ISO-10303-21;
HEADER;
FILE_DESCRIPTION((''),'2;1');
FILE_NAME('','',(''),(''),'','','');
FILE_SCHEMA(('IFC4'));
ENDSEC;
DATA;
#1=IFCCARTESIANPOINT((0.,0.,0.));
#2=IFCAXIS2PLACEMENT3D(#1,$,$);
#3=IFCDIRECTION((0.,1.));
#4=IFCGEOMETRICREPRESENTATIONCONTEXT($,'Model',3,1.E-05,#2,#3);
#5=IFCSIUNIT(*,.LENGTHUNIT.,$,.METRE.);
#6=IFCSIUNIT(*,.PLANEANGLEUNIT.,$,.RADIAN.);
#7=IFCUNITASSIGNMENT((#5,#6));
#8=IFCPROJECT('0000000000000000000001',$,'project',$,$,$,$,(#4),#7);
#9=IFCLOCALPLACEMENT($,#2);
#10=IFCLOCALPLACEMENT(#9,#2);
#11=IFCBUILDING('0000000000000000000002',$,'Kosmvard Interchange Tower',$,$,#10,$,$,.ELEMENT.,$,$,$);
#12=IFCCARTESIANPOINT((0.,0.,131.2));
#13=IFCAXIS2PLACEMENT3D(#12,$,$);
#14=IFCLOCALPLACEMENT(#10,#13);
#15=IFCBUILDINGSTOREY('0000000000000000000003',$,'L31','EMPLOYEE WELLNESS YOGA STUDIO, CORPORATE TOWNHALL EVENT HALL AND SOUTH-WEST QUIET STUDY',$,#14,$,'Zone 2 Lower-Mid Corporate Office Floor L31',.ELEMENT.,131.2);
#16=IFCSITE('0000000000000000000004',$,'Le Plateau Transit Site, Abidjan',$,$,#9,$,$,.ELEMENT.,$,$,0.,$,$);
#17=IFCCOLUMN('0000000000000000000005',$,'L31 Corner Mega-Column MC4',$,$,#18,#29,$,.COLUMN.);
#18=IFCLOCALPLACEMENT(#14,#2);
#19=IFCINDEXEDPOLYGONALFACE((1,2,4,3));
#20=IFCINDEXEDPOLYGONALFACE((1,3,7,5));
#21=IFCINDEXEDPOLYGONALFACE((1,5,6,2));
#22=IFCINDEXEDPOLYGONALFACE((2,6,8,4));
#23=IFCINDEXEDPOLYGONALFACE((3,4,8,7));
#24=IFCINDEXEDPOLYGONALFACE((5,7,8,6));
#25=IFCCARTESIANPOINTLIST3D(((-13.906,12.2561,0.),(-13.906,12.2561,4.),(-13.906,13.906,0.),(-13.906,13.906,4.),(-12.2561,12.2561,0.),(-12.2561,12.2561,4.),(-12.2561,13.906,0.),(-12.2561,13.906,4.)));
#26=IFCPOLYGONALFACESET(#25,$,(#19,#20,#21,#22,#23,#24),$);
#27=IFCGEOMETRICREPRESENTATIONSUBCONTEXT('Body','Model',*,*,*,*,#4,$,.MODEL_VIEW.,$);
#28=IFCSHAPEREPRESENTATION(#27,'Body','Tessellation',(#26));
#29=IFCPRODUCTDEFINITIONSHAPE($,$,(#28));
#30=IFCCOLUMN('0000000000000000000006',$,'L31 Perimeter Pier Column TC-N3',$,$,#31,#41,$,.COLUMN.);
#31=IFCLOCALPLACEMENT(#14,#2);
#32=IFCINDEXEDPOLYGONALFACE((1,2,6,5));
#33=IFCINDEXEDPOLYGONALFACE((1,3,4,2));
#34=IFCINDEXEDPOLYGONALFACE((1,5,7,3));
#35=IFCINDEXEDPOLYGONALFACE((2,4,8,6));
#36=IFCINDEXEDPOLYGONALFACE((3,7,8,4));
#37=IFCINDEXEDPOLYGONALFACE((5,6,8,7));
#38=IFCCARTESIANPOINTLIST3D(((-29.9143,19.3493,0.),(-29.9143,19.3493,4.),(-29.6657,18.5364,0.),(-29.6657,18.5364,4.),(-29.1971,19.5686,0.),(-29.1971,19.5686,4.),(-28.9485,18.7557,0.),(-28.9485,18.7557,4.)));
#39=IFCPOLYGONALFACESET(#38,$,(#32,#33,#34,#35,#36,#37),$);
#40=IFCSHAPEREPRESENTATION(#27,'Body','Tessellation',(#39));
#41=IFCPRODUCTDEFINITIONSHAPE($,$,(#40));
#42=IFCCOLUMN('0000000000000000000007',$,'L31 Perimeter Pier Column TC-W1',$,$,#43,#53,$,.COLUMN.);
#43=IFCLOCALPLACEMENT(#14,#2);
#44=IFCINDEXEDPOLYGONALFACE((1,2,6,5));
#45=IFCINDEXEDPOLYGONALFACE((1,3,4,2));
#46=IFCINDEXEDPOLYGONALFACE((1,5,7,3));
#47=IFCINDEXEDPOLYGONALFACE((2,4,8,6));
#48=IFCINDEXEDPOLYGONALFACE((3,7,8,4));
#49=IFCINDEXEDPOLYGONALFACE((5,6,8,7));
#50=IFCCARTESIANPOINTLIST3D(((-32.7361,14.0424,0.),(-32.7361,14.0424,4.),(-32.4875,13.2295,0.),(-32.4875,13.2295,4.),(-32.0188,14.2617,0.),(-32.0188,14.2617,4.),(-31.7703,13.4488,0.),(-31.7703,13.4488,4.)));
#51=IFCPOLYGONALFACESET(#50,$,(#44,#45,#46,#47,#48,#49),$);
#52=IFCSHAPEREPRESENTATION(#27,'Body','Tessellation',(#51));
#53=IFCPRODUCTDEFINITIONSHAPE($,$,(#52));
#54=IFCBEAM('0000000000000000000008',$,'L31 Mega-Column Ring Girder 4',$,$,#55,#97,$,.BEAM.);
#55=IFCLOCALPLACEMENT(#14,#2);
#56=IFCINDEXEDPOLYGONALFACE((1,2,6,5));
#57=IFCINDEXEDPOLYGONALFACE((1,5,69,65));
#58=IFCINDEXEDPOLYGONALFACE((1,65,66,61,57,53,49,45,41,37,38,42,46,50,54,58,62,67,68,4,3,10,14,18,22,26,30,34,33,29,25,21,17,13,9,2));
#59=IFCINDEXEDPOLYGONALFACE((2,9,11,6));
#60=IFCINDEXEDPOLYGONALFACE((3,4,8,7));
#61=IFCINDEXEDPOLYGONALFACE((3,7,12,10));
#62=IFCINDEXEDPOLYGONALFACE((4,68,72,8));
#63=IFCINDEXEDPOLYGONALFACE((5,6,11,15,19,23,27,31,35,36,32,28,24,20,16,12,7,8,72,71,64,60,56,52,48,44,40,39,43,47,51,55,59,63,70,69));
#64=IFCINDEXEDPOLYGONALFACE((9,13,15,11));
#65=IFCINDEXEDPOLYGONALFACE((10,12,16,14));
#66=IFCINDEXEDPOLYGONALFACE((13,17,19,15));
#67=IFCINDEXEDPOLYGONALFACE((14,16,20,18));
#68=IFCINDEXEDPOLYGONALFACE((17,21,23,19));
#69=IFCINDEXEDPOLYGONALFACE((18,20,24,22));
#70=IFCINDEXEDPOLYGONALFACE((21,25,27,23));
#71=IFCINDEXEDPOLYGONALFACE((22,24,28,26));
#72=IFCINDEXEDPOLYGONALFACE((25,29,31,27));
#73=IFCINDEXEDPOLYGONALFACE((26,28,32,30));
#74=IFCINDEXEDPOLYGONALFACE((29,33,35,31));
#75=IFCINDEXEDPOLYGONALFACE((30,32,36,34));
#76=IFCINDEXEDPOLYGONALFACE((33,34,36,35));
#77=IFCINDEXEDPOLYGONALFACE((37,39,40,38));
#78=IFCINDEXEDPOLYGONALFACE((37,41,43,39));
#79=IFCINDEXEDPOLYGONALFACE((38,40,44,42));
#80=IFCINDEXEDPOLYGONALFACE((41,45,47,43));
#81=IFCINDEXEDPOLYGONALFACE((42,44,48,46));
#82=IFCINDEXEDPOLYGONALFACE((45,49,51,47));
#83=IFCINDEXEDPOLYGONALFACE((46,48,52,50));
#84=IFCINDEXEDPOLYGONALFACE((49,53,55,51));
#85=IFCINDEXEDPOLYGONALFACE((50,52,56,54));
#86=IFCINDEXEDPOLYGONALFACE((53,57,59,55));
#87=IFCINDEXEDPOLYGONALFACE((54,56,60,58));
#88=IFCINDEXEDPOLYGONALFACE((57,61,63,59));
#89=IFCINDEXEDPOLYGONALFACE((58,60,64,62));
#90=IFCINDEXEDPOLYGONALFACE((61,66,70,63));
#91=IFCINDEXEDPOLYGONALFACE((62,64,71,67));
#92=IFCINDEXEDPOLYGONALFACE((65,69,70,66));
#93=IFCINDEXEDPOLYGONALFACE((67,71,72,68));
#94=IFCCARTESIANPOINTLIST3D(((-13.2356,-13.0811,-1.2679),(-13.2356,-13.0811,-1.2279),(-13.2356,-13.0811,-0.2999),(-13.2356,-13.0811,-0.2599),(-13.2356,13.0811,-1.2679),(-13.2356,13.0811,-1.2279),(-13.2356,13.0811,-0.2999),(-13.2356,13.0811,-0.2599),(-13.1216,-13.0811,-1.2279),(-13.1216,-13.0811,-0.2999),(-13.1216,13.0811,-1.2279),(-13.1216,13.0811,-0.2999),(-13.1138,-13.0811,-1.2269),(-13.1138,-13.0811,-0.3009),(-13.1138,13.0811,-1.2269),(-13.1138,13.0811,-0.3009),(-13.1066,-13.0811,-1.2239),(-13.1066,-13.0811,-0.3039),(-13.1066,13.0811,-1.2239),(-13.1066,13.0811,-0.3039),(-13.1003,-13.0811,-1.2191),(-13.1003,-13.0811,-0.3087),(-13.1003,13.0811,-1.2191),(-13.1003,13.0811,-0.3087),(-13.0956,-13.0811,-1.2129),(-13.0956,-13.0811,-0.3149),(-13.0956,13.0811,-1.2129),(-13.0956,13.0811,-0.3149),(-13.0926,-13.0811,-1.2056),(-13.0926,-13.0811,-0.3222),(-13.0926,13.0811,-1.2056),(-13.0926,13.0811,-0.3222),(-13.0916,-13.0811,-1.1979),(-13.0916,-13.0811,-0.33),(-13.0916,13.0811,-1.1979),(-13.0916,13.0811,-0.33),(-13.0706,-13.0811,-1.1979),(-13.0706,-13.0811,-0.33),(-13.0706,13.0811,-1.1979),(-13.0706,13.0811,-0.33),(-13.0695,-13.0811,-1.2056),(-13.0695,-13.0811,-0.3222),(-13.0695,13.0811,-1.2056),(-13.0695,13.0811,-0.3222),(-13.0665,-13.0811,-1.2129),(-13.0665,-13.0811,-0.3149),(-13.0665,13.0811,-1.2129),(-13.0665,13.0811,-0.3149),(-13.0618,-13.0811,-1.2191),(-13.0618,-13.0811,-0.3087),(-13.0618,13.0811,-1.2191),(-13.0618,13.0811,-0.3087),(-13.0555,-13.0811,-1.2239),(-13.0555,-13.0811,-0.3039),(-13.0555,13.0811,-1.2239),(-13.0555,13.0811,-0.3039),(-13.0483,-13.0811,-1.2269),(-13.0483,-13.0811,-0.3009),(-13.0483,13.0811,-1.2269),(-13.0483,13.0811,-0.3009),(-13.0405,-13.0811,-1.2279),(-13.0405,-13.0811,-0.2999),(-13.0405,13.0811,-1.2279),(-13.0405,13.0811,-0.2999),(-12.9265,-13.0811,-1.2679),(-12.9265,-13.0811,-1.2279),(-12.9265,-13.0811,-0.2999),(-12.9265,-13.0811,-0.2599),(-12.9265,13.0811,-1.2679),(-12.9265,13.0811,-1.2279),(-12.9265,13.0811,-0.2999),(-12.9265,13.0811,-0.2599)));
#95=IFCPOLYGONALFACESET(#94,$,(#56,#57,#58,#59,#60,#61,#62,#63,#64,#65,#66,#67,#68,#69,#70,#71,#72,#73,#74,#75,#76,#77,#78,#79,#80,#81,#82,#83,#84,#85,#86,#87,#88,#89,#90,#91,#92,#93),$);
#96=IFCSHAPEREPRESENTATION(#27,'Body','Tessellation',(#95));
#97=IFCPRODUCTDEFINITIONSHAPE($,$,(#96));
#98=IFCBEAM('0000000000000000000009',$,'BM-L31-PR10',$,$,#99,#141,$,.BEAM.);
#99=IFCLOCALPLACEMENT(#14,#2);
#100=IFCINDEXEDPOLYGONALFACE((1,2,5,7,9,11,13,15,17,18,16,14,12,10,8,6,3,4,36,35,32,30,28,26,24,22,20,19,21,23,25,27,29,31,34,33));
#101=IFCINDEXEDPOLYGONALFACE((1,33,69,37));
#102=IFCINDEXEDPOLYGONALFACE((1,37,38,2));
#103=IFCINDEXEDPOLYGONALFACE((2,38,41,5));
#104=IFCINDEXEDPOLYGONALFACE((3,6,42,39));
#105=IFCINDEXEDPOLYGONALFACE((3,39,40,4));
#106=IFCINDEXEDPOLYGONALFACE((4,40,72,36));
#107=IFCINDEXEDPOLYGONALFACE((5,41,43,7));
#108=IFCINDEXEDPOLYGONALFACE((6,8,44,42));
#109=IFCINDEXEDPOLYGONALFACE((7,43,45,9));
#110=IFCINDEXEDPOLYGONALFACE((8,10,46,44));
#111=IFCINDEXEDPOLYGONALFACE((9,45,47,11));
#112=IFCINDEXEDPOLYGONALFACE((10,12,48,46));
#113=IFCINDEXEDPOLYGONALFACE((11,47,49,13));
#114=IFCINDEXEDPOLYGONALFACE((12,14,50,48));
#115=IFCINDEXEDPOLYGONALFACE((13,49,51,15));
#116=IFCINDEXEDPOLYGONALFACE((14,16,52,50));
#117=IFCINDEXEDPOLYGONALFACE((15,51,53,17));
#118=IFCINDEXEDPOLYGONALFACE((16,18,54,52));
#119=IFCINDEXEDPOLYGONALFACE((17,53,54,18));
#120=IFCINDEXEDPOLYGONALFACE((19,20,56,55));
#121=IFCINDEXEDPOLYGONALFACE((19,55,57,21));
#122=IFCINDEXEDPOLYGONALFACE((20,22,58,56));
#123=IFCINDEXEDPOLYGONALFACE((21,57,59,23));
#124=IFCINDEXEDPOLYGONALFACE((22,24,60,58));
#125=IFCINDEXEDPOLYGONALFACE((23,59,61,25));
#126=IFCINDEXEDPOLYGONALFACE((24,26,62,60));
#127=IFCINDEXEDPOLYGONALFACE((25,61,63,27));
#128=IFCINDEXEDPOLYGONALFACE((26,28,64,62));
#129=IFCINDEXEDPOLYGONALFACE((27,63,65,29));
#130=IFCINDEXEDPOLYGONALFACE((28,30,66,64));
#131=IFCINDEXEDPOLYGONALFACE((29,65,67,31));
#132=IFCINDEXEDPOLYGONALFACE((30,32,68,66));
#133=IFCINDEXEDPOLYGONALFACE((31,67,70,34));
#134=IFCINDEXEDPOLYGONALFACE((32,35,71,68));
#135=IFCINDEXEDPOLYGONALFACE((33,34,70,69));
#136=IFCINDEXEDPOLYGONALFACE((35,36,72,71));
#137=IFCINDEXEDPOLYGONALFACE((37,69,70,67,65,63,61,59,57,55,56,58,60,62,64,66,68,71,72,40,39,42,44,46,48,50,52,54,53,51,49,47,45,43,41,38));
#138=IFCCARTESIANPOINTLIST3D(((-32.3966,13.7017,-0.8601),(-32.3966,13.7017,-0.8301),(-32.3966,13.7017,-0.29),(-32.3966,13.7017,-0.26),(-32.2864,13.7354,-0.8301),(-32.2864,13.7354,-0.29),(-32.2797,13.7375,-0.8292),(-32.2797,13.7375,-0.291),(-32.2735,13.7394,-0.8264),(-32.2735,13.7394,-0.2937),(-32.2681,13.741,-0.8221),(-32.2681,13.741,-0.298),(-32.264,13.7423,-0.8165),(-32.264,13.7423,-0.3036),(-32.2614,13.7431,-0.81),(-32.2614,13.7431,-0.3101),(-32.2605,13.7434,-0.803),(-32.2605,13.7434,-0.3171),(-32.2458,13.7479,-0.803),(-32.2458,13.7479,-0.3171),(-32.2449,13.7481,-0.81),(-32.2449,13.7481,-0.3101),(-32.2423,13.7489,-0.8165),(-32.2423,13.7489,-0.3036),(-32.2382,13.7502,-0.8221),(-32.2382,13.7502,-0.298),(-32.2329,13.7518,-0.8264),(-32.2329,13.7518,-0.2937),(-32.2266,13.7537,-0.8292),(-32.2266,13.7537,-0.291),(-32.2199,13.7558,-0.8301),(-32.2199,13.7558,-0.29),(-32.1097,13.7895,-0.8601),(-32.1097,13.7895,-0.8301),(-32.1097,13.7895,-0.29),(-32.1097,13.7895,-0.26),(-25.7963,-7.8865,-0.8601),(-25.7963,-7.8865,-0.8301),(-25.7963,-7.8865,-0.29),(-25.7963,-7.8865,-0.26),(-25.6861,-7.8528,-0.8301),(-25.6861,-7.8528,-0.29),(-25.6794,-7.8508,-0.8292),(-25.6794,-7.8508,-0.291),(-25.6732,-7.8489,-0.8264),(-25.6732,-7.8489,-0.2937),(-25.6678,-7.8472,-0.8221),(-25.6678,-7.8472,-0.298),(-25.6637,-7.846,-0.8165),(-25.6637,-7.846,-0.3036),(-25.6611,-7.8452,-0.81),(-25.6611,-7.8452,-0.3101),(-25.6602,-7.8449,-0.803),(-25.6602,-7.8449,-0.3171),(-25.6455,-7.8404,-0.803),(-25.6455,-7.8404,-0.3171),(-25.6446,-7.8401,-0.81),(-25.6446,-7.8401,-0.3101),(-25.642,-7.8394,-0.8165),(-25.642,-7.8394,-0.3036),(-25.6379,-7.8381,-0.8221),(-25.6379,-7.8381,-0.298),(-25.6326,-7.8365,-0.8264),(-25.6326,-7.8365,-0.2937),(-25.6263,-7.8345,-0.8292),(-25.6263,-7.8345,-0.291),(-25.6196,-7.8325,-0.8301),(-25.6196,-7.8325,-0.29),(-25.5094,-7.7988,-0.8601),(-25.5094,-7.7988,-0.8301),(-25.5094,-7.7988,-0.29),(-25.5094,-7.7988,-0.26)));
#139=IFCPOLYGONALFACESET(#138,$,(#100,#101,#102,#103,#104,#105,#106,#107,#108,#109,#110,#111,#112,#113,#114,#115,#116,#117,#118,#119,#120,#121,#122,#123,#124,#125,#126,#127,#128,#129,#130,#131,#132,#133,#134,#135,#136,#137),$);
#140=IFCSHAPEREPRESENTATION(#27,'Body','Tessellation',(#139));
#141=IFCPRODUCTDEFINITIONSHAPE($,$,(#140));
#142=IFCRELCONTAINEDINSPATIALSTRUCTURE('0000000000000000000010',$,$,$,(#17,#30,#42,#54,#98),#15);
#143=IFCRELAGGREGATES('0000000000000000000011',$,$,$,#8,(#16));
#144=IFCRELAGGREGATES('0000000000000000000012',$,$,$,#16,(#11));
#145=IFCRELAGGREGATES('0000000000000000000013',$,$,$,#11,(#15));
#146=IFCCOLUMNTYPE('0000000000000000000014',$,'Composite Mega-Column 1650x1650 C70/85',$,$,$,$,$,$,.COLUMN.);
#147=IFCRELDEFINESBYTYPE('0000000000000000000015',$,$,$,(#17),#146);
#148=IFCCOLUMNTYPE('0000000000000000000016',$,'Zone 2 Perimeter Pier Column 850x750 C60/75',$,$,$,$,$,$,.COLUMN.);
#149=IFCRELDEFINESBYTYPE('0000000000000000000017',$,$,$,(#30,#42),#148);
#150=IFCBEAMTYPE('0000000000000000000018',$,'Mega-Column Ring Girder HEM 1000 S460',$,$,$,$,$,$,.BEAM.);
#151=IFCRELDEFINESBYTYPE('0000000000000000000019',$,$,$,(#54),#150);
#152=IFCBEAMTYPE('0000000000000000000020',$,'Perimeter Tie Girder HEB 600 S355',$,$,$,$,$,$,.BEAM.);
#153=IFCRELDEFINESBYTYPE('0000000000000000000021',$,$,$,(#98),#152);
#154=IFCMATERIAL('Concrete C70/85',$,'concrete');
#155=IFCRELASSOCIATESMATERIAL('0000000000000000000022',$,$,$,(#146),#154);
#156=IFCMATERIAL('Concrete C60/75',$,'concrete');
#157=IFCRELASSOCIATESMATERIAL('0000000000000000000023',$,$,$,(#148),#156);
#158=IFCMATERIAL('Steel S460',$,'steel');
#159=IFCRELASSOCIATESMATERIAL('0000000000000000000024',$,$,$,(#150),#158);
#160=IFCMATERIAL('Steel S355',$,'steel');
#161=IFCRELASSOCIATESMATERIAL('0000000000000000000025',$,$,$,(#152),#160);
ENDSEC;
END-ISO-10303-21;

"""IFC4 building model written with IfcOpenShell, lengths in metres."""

from ifc_helpers import new_model, si_unit, direction, frame, origin, origin_2d, place, context, subcontext, project, spatial, rectangle, i_section, extrude, source, transform, mapped, material, material_profile, profile_set, type_object, element, save


model = new_model("IFC4")

# Units and contexts
model_context = context("Model", 3, precision=1e-05, world=origin(), true_north=direction((0.0, 1.0)))
body_context = subcontext(model_context, "Body", "Model", "MODEL_VIEW")
ifc_project = project(units=[si_unit("LENGTHUNIT", "METRE"), si_unit("PLANEANGLEUNIT", "RADIAN")], contexts=[model_context])

# Site, building, storey
site_placement = place(None, origin())
site = spatial("IfcSite", under=ifc_project, at=site_placement, Name="Le Plateau Transit Site, Abidjan", CompositionType="ELEMENT", RefElevation=0.0)
building_placement = place(site_placement, origin())
building = spatial("IfcBuilding", under=site, at=building_placement, Name="Kosmvard Interchange Tower", CompositionType="ELEMENT")
storey_placement = place(building_placement, frame((0.0, 0.0, 131.2)))
storey = spatial("IfcBuildingStorey", under=building, at=storey_placement, Name="L31", Description="EMPLOYEE WELLNESS YOGA STUDIO, CORPORATE TOWNHALL EVENT HALL AND SOUTH-WEST QUIET STUDY", LongName="Zone 2 Lower-Mid Corporate Office Floor L31", CompositionType="ELEMENT", Elevation=131.2)

# Columns
ifc_material_1 = material(Name="Concrete C70/85", Category="concrete")
ifc_material_profile_1 = material_profile(ifc_material_1, rectangle(XDim=1.6499, YDim=1.6499, at=origin_2d()), Name="MC 1650x1650")
ifc_profile_set_1 = profile_set([ifc_material_profile_1], Name="Concrete C70/85")
column_type_1 = type_object("IfcColumnType", Name="Composite Mega-Column 1650x1650 C70/85", PredefinedType="COLUMN", material=ifc_profile_set_1)
shared_shape_1 = source(origin(), body_context, "Body", "SweptSolid", [
    extrude(rectangle(XDim=1.6499, YDim=1.6499, at=origin_2d()), origin(), (0.0, 0.0, 1.0), 4.0),
])
column_placement = place(storey_placement, frame((-13.0811, 13.0811, 0.0), z_axis=(0.0, 0.0, 1.0), x_axis=(1.0, 0.0, 0.0)))
element("IfcColumn", 1, at=column_placement, inside=storey, type_object=column_type_1, Name="L31 Corner Mega-Column MC4", PredefinedType="COLUMN", context=body_context, shape_type="MappedRepresentation", body=[
    mapped(shared_shape_1, transform((0.0, 0.0, 0.0), scale=1.0)),
])
ifc_material_2 = material(Name="Concrete C60/75", Category="concrete")
ifc_material_profile_2 = material_profile(ifc_material_2, rectangle(XDim=0.75, YDim=0.8501, at=origin_2d()), Name="TC 850x750")
ifc_profile_set_2 = profile_set([ifc_material_profile_2], Name="Concrete C60/75")
column_type_2 = type_object("IfcColumnType", Name="Zone 2 Perimeter Pier Column 850x750 C60/75", PredefinedType="COLUMN", material=ifc_profile_set_2)
shared_shape_2 = source(origin(), body_context, "Body", "SweptSolid", [
    extrude(rectangle(XDim=0.75, YDim=0.8501, at=origin_2d()), origin(), (0.0, 0.0, 1.0), 4.0),
])
for number, where, z_axis, x_axis, name in (
    (2, (-29.4314, 19.0525, 0.0), (0.0, 0.0, 1.0), (0.956305, 0.292372, 0.0), "L31 Perimeter Pier Column TC-N3"),
    (3, (-32.2532, 13.7456, 0.0), (0.0, 0.0, 1.0), (0.956305, 0.292372, 0.0), "L31 Perimeter Pier Column TC-W1"),
):
    element("IfcColumn", number, at=place(storey_placement, frame(where, z_axis=z_axis, x_axis=x_axis)), inside=storey, type_object=column_type_2, Name=name, PredefinedType="COLUMN", context=body_context, shape_type="MappedRepresentation", body=[
        mapped(shared_shape_2, transform((0.0, 0.0, 0.0), scale=1.0)),
    ])

# Beams
ifc_material_3 = material(Name="Steel S460", Category="steel")
ifc_material_profile_3 = material_profile(ifc_material_3, i_section(OverallWidth=0.3091, OverallDepth=1.0081, WebThickness=0.021, FlangeThickness=0.04, FilletRadius=0.03, at=origin_2d()), Name="HEM 1000")
ifc_profile_set_3 = profile_set([ifc_material_profile_3], Name="Steel S460")
beam_type_1 = type_object("IfcBeamType", Name="Mega-Column Ring Girder HEM 1000 S460", PredefinedType="BEAM", material=ifc_profile_set_3)
shared_shape_3 = source(origin(), body_context, "Body", "SweptSolid", [
    extrude(i_section(OverallWidth=0.3091, OverallDepth=1.0081, WebThickness=0.021, FlangeThickness=0.04, FilletRadius=0.03, at=origin_2d()), origin(), (0.0, 0.0, 1.0), 26.1621),
])
beam_1_placement = place(storey_placement, frame((-13.0811, 13.0811, -0.7639), z_axis=(0.0, -1.0, 0.0), x_axis=(1.0, 0.0, 0.0)))
element("IfcBeam", 4, at=beam_1_placement, inside=storey, type_object=beam_type_1, Name="L31 Mega-Column Ring Girder 4", PredefinedType="BEAM", context=body_context, shape_type="MappedRepresentation", body=[
    mapped(shared_shape_3, transform((0.0, 0.0, 0.0), scale=1.0)),
])
ifc_material_4 = material(Name="Steel S355", Category="steel")
ifc_material_profile_4 = material_profile(ifc_material_4, i_section(OverallWidth=0.3, OverallDepth=0.6001, WebThickness=0.0154, FlangeThickness=0.03, FilletRadius=0.0271, at=origin_2d()), Name="HEB 600")
ifc_profile_set_4 = profile_set([ifc_material_profile_4], Name="Steel S355")
beam_type_2 = type_object("IfcBeamType", Name="Perimeter Tie Girder HEB 600 S355", PredefinedType="BEAM", material=ifc_profile_set_4)
shared_shape_4 = source(origin(), body_context, "Body", "SweptSolid", [
    extrude(i_section(OverallWidth=0.3, OverallDepth=0.6001, WebThickness=0.0154, FlangeThickness=0.03, FilletRadius=0.0271, at=origin_2d()), origin(), (0.0, 0.0, 1.0), 22.5747),
])
beam_2_placement = place(storey_placement, frame((-32.2532, 13.7456, -0.5601), z_axis=(0.292376, -0.956303, 0.0), x_axis=(0.956303, 0.292376, 0.0)))
element("IfcBeam", 5, at=beam_2_placement, inside=storey, type_object=beam_type_2, Name="BM-L31-PR10", PredefinedType="BEAM", context=body_context, shape_type="MappedRepresentation", body=[
    mapped(shared_shape_4, transform((0.0, 0.0, 0.0), scale=1.0)),
])

save(model, "model.ifc")
